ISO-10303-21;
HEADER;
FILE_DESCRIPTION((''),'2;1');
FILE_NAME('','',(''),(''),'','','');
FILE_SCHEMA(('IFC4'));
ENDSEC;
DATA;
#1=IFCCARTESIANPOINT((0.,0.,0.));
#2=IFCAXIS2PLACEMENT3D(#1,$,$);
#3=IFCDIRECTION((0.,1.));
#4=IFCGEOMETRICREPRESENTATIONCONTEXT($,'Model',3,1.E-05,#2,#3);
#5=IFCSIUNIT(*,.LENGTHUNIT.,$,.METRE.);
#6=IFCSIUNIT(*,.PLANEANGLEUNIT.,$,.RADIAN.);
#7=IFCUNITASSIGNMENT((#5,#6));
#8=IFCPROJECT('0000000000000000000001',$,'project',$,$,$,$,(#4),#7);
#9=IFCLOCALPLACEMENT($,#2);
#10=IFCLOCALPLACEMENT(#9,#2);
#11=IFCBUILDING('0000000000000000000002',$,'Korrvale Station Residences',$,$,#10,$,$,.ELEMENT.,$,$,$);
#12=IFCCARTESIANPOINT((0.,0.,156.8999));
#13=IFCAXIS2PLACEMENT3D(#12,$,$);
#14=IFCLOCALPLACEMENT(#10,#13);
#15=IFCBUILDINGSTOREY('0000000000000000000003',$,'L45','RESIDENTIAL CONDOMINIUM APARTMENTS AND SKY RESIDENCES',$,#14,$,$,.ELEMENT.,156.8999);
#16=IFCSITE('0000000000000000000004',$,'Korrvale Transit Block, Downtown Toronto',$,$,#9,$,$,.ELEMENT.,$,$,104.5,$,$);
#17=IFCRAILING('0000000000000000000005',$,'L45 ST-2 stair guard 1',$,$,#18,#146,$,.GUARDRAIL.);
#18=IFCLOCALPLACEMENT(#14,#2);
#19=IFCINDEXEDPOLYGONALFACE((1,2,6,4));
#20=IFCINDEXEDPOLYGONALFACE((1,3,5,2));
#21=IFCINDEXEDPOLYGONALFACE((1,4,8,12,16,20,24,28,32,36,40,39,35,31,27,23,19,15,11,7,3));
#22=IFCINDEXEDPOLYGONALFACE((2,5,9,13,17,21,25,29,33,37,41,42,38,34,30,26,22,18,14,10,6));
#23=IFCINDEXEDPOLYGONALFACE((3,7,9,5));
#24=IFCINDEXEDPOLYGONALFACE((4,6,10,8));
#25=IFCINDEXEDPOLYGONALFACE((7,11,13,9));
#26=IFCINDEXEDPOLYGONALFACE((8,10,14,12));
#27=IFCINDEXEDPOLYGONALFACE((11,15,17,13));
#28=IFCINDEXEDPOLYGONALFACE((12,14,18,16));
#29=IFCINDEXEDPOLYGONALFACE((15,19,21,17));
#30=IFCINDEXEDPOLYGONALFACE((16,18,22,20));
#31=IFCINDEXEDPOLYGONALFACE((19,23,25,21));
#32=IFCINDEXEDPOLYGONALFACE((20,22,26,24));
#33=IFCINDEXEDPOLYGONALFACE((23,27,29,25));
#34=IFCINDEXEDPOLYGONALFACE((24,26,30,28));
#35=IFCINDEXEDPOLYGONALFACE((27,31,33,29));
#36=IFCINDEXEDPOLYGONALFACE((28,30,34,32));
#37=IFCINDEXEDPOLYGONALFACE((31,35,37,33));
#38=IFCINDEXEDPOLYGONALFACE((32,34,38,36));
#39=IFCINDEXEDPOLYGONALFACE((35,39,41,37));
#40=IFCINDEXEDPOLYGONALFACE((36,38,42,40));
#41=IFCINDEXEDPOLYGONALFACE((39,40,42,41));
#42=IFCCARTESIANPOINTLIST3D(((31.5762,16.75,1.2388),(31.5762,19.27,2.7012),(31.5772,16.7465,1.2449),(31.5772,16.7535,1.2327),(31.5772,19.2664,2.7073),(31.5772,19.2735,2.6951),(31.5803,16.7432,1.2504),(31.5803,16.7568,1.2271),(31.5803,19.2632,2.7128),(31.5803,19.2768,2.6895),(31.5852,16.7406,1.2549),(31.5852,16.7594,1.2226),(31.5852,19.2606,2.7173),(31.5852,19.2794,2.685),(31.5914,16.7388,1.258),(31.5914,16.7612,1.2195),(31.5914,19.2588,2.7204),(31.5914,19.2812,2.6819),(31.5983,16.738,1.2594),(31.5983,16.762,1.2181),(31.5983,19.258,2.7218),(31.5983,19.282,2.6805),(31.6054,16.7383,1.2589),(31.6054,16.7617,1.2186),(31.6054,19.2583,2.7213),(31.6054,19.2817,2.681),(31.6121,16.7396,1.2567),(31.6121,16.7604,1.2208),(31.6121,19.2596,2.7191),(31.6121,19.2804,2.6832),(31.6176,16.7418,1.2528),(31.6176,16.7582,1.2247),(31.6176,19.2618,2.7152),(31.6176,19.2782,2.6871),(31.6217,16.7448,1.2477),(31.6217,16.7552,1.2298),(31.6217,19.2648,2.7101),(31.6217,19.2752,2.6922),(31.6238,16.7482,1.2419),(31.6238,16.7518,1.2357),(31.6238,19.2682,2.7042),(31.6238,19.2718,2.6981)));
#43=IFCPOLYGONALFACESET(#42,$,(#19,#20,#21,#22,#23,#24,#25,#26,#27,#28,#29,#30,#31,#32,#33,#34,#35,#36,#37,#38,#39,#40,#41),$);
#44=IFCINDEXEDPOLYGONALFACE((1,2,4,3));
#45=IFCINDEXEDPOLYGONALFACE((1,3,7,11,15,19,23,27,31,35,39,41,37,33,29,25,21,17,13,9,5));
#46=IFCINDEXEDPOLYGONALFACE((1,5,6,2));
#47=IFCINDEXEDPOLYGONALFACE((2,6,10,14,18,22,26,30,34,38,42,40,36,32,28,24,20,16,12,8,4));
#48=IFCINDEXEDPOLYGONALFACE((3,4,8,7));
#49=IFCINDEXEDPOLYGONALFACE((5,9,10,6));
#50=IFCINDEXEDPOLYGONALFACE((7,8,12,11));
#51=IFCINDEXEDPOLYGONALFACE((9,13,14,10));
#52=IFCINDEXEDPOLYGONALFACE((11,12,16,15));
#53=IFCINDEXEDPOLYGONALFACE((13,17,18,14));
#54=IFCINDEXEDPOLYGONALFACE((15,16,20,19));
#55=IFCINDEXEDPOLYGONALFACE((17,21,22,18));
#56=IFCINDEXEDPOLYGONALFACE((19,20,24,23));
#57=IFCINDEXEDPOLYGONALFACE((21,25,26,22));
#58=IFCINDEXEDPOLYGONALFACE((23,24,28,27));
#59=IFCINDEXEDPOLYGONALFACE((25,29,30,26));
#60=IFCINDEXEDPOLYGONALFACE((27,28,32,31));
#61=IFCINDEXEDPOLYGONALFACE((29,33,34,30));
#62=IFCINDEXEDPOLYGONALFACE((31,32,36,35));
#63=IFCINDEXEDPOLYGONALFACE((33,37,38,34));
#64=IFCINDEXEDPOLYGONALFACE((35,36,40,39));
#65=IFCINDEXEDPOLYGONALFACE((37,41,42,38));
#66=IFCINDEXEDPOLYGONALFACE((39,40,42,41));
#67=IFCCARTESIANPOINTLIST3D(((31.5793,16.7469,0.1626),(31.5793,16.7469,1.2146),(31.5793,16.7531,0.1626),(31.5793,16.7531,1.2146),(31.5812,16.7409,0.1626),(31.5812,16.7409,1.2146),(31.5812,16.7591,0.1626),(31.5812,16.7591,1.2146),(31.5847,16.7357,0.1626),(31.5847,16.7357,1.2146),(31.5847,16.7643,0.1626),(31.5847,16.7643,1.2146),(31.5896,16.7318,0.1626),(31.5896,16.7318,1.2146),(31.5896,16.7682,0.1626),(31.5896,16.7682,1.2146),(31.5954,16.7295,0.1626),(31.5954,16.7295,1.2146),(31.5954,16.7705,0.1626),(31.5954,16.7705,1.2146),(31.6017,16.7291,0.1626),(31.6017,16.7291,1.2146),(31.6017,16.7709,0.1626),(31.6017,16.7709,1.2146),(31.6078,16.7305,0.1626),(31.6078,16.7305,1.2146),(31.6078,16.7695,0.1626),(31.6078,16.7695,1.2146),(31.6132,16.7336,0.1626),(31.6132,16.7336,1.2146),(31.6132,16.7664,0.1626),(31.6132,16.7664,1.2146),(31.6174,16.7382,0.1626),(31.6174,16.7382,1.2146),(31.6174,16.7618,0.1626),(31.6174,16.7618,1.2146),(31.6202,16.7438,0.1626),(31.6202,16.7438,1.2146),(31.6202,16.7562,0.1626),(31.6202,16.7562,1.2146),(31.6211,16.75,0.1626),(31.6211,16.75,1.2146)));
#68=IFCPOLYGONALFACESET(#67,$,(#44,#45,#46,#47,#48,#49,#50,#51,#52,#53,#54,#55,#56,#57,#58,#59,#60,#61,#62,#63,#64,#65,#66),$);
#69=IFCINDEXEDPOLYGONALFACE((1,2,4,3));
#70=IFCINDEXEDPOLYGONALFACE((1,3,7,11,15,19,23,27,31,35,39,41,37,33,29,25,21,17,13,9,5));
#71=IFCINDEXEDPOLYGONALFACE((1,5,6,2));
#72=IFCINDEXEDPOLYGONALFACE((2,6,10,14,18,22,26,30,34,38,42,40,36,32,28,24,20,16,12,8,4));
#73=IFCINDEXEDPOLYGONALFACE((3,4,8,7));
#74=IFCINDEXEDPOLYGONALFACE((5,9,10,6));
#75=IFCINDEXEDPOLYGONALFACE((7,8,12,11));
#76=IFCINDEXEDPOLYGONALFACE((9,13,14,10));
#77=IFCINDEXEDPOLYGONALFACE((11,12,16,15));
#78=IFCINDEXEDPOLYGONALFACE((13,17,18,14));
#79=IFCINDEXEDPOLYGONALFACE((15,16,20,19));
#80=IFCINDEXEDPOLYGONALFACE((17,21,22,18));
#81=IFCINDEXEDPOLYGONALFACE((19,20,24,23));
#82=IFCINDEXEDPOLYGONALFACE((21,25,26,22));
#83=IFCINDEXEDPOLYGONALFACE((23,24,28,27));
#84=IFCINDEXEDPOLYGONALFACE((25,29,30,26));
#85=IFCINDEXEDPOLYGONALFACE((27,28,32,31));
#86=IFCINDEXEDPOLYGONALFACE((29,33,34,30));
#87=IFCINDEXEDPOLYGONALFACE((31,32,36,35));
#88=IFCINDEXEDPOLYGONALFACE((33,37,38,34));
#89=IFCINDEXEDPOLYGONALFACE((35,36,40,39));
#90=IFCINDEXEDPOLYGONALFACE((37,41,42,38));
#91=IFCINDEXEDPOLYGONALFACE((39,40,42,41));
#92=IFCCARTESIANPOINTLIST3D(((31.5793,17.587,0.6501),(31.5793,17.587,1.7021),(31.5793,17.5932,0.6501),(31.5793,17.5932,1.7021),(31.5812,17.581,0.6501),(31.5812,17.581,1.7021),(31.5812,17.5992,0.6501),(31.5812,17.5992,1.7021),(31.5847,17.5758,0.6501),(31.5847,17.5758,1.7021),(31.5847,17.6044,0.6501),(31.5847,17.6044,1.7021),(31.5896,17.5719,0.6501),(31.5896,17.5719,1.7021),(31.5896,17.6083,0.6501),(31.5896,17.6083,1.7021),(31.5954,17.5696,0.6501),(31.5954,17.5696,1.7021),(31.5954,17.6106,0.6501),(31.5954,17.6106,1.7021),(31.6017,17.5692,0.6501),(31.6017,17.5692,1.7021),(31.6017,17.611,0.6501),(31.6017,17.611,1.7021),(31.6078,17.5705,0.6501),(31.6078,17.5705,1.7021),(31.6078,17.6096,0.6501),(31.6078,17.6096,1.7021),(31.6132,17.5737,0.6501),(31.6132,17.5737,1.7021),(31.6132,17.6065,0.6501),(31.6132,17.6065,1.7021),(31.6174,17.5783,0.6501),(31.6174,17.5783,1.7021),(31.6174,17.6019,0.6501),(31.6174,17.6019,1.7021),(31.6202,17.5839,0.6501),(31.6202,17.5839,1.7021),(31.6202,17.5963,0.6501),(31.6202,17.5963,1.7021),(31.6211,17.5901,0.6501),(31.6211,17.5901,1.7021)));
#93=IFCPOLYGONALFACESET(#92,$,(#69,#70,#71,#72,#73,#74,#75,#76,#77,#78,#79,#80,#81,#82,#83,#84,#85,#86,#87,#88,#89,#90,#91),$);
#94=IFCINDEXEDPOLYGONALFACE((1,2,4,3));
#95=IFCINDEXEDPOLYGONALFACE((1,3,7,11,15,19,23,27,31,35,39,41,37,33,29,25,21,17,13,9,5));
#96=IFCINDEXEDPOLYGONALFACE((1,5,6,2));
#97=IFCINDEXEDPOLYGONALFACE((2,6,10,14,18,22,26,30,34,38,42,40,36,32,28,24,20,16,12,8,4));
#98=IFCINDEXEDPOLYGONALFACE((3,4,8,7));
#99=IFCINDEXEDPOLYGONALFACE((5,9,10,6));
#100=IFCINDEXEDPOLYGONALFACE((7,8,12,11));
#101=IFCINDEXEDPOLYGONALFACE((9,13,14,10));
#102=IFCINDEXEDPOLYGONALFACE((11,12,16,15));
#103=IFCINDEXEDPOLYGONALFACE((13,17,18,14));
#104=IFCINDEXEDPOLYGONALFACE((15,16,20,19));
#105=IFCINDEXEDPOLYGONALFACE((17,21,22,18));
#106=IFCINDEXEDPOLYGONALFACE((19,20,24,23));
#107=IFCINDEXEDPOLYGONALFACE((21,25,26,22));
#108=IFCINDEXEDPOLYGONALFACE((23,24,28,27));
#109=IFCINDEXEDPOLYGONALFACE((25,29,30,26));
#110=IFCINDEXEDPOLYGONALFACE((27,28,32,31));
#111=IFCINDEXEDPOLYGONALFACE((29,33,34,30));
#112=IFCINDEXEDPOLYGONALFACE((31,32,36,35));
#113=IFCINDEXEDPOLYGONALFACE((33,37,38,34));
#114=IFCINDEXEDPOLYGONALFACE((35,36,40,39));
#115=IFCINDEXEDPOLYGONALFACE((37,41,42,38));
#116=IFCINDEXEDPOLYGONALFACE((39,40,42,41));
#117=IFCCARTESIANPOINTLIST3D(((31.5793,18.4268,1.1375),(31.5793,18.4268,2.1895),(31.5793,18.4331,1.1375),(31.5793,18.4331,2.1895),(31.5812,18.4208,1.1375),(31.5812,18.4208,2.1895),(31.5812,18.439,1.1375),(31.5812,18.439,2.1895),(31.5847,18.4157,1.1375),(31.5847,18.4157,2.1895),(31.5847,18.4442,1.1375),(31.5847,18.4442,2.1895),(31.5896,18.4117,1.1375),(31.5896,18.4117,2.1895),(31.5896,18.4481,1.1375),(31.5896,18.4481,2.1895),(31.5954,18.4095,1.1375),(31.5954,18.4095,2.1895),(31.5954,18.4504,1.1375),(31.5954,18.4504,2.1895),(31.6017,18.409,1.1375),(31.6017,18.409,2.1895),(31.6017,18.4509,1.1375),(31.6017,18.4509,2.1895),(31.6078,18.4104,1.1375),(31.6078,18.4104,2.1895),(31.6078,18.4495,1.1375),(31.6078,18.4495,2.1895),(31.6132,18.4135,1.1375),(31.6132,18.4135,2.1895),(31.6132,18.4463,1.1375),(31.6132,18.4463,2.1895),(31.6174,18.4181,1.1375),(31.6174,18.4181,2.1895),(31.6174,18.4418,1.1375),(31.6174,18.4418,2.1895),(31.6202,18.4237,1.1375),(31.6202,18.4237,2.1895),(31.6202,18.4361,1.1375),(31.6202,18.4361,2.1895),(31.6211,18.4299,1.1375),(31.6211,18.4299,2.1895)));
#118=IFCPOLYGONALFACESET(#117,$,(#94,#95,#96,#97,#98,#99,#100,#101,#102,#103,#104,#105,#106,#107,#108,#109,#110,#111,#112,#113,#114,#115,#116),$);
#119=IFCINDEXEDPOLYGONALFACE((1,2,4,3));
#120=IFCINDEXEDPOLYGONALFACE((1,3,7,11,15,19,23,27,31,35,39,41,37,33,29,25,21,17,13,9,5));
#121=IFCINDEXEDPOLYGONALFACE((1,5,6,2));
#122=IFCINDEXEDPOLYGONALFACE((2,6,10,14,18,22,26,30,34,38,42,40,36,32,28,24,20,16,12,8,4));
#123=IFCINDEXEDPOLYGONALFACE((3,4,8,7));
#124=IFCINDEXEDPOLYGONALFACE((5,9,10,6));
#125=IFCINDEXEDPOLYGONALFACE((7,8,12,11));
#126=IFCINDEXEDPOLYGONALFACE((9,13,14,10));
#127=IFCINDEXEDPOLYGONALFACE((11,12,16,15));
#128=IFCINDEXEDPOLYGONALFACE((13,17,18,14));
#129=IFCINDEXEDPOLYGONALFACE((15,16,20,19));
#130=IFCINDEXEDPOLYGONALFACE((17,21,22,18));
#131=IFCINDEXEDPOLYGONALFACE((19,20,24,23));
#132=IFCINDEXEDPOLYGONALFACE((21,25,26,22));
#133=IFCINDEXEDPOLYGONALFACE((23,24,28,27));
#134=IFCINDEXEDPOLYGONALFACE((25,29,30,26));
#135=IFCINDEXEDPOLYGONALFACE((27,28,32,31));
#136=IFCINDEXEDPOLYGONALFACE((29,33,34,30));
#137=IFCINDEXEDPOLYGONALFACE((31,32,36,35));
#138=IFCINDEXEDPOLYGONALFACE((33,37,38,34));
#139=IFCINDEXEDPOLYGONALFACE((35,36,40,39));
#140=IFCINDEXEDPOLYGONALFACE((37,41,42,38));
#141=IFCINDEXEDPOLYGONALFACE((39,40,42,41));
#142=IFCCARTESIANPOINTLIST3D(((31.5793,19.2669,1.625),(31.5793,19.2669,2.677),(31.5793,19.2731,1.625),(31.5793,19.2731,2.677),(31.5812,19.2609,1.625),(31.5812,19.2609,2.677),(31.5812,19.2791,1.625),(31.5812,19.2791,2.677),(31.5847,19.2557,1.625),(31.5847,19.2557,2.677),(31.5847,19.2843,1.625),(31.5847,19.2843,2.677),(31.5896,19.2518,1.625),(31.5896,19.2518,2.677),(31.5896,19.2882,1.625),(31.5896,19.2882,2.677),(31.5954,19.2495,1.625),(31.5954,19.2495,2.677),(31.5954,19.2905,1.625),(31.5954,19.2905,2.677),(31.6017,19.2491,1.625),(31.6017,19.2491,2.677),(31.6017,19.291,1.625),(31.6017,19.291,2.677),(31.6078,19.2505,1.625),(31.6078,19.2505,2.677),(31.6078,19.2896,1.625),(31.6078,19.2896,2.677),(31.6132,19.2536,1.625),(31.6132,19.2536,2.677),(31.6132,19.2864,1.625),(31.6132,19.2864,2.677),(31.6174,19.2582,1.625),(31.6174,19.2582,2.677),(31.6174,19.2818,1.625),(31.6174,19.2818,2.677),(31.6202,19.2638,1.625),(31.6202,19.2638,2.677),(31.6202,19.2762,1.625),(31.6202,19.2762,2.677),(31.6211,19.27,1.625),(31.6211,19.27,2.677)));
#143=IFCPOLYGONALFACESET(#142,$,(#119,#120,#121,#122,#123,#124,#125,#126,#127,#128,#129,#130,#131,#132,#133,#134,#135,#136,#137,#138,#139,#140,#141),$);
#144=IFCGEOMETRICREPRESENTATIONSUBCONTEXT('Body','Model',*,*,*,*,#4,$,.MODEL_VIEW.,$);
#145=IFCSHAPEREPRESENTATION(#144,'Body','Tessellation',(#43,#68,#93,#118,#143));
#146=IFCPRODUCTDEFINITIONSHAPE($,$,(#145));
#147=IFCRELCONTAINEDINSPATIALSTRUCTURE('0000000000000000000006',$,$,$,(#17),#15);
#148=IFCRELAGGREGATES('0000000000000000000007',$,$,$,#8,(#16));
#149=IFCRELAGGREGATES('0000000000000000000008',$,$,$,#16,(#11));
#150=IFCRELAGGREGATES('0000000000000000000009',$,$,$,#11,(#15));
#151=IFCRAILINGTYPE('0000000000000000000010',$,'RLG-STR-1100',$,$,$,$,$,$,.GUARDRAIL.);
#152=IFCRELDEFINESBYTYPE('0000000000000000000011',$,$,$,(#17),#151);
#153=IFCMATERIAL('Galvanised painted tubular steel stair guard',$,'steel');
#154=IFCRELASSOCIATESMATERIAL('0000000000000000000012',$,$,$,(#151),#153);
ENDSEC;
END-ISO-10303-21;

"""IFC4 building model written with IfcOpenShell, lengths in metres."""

from ifc_helpers import new_model, si_unit, direction, frame, origin, origin_2d, place, context, subcontext, project, spatial, circle, extrude, material, type_object, element, save


model = new_model("IFC4")

# Units and contexts
model_context = context("Model", 3, precision=1e-05, world=origin(), true_north=direction((0.0, 1.0)))
body_context = subcontext(model_context, "Body", "Model", "MODEL_VIEW")
ifc_project = project(units=[si_unit("LENGTHUNIT", "METRE"), si_unit("PLANEANGLEUNIT", "RADIAN")], contexts=[model_context])

# Site, building, storey
site_placement = place(None, origin())
site = spatial("IfcSite", under=ifc_project, at=site_placement, Name="Korrvale Transit Block, Downtown Toronto", CompositionType="ELEMENT", RefElevation=104.5)
building_placement = place(site_placement, origin())
building = spatial("IfcBuilding", under=site, at=building_placement, Name="Korrvale Station Residences", CompositionType="ELEMENT")
storey_placement = place(building_placement, frame((0.0, 0.0, 156.8999)))
storey = spatial("IfcBuildingStorey", under=building, at=storey_placement, Name="L45", Description="RESIDENTIAL CONDOMINIUM APARTMENTS AND SKY RESIDENCES", CompositionType="ELEMENT", Elevation=156.8999)

# Railing
ifc_material_1 = material(Name="Galvanised painted tubular steel stair guard", Category="steel")
railing_type_1 = type_object("IfcRailingType", Name="RLG-STR-1100", PredefinedType="GUARDRAIL", material=ifc_material_1)
railing_1_placement = place(storey_placement, frame((31.6001, 16.75, 0.1626)))
element("IfcRailing", 1, at=railing_1_placement, inside=storey, type_object=railing_type_1, Name="L45 ST-2 stair guard 1", PredefinedType="GUARDRAIL", context=body_context, shape_type="SweptSolid", body=[
    extrude(circle(Radius=0.0239, at=origin_2d()), frame((0.0, 0.0, 1.0762), z_axis=(0.0, 0.864913, 0.501921), x_axis=(-1.0, 0.0, 0.0)), (0.0, 0.0, 1.0), 2.9136),
    extrude(circle(Radius=0.021, at=origin_2d()), origin(), (0.0, 0.0, 1.0), 1.052),
    extrude(circle(Radius=0.021, at=origin_2d()), frame((0.0, 0.8401, 0.4875)), (0.0, 0.0, 1.0), 1.052),
    extrude(circle(Radius=0.021, at=origin_2d()), frame((0.0, 1.6799, 0.9749)), (0.0, 0.0, 1.0), 1.052),
    extrude(circle(Radius=0.021, at=origin_2d()), frame((0.0, 2.52, 1.4624)), (0.0, 0.0, 1.0), 1.052),
])

save(model, "model.ifc")
